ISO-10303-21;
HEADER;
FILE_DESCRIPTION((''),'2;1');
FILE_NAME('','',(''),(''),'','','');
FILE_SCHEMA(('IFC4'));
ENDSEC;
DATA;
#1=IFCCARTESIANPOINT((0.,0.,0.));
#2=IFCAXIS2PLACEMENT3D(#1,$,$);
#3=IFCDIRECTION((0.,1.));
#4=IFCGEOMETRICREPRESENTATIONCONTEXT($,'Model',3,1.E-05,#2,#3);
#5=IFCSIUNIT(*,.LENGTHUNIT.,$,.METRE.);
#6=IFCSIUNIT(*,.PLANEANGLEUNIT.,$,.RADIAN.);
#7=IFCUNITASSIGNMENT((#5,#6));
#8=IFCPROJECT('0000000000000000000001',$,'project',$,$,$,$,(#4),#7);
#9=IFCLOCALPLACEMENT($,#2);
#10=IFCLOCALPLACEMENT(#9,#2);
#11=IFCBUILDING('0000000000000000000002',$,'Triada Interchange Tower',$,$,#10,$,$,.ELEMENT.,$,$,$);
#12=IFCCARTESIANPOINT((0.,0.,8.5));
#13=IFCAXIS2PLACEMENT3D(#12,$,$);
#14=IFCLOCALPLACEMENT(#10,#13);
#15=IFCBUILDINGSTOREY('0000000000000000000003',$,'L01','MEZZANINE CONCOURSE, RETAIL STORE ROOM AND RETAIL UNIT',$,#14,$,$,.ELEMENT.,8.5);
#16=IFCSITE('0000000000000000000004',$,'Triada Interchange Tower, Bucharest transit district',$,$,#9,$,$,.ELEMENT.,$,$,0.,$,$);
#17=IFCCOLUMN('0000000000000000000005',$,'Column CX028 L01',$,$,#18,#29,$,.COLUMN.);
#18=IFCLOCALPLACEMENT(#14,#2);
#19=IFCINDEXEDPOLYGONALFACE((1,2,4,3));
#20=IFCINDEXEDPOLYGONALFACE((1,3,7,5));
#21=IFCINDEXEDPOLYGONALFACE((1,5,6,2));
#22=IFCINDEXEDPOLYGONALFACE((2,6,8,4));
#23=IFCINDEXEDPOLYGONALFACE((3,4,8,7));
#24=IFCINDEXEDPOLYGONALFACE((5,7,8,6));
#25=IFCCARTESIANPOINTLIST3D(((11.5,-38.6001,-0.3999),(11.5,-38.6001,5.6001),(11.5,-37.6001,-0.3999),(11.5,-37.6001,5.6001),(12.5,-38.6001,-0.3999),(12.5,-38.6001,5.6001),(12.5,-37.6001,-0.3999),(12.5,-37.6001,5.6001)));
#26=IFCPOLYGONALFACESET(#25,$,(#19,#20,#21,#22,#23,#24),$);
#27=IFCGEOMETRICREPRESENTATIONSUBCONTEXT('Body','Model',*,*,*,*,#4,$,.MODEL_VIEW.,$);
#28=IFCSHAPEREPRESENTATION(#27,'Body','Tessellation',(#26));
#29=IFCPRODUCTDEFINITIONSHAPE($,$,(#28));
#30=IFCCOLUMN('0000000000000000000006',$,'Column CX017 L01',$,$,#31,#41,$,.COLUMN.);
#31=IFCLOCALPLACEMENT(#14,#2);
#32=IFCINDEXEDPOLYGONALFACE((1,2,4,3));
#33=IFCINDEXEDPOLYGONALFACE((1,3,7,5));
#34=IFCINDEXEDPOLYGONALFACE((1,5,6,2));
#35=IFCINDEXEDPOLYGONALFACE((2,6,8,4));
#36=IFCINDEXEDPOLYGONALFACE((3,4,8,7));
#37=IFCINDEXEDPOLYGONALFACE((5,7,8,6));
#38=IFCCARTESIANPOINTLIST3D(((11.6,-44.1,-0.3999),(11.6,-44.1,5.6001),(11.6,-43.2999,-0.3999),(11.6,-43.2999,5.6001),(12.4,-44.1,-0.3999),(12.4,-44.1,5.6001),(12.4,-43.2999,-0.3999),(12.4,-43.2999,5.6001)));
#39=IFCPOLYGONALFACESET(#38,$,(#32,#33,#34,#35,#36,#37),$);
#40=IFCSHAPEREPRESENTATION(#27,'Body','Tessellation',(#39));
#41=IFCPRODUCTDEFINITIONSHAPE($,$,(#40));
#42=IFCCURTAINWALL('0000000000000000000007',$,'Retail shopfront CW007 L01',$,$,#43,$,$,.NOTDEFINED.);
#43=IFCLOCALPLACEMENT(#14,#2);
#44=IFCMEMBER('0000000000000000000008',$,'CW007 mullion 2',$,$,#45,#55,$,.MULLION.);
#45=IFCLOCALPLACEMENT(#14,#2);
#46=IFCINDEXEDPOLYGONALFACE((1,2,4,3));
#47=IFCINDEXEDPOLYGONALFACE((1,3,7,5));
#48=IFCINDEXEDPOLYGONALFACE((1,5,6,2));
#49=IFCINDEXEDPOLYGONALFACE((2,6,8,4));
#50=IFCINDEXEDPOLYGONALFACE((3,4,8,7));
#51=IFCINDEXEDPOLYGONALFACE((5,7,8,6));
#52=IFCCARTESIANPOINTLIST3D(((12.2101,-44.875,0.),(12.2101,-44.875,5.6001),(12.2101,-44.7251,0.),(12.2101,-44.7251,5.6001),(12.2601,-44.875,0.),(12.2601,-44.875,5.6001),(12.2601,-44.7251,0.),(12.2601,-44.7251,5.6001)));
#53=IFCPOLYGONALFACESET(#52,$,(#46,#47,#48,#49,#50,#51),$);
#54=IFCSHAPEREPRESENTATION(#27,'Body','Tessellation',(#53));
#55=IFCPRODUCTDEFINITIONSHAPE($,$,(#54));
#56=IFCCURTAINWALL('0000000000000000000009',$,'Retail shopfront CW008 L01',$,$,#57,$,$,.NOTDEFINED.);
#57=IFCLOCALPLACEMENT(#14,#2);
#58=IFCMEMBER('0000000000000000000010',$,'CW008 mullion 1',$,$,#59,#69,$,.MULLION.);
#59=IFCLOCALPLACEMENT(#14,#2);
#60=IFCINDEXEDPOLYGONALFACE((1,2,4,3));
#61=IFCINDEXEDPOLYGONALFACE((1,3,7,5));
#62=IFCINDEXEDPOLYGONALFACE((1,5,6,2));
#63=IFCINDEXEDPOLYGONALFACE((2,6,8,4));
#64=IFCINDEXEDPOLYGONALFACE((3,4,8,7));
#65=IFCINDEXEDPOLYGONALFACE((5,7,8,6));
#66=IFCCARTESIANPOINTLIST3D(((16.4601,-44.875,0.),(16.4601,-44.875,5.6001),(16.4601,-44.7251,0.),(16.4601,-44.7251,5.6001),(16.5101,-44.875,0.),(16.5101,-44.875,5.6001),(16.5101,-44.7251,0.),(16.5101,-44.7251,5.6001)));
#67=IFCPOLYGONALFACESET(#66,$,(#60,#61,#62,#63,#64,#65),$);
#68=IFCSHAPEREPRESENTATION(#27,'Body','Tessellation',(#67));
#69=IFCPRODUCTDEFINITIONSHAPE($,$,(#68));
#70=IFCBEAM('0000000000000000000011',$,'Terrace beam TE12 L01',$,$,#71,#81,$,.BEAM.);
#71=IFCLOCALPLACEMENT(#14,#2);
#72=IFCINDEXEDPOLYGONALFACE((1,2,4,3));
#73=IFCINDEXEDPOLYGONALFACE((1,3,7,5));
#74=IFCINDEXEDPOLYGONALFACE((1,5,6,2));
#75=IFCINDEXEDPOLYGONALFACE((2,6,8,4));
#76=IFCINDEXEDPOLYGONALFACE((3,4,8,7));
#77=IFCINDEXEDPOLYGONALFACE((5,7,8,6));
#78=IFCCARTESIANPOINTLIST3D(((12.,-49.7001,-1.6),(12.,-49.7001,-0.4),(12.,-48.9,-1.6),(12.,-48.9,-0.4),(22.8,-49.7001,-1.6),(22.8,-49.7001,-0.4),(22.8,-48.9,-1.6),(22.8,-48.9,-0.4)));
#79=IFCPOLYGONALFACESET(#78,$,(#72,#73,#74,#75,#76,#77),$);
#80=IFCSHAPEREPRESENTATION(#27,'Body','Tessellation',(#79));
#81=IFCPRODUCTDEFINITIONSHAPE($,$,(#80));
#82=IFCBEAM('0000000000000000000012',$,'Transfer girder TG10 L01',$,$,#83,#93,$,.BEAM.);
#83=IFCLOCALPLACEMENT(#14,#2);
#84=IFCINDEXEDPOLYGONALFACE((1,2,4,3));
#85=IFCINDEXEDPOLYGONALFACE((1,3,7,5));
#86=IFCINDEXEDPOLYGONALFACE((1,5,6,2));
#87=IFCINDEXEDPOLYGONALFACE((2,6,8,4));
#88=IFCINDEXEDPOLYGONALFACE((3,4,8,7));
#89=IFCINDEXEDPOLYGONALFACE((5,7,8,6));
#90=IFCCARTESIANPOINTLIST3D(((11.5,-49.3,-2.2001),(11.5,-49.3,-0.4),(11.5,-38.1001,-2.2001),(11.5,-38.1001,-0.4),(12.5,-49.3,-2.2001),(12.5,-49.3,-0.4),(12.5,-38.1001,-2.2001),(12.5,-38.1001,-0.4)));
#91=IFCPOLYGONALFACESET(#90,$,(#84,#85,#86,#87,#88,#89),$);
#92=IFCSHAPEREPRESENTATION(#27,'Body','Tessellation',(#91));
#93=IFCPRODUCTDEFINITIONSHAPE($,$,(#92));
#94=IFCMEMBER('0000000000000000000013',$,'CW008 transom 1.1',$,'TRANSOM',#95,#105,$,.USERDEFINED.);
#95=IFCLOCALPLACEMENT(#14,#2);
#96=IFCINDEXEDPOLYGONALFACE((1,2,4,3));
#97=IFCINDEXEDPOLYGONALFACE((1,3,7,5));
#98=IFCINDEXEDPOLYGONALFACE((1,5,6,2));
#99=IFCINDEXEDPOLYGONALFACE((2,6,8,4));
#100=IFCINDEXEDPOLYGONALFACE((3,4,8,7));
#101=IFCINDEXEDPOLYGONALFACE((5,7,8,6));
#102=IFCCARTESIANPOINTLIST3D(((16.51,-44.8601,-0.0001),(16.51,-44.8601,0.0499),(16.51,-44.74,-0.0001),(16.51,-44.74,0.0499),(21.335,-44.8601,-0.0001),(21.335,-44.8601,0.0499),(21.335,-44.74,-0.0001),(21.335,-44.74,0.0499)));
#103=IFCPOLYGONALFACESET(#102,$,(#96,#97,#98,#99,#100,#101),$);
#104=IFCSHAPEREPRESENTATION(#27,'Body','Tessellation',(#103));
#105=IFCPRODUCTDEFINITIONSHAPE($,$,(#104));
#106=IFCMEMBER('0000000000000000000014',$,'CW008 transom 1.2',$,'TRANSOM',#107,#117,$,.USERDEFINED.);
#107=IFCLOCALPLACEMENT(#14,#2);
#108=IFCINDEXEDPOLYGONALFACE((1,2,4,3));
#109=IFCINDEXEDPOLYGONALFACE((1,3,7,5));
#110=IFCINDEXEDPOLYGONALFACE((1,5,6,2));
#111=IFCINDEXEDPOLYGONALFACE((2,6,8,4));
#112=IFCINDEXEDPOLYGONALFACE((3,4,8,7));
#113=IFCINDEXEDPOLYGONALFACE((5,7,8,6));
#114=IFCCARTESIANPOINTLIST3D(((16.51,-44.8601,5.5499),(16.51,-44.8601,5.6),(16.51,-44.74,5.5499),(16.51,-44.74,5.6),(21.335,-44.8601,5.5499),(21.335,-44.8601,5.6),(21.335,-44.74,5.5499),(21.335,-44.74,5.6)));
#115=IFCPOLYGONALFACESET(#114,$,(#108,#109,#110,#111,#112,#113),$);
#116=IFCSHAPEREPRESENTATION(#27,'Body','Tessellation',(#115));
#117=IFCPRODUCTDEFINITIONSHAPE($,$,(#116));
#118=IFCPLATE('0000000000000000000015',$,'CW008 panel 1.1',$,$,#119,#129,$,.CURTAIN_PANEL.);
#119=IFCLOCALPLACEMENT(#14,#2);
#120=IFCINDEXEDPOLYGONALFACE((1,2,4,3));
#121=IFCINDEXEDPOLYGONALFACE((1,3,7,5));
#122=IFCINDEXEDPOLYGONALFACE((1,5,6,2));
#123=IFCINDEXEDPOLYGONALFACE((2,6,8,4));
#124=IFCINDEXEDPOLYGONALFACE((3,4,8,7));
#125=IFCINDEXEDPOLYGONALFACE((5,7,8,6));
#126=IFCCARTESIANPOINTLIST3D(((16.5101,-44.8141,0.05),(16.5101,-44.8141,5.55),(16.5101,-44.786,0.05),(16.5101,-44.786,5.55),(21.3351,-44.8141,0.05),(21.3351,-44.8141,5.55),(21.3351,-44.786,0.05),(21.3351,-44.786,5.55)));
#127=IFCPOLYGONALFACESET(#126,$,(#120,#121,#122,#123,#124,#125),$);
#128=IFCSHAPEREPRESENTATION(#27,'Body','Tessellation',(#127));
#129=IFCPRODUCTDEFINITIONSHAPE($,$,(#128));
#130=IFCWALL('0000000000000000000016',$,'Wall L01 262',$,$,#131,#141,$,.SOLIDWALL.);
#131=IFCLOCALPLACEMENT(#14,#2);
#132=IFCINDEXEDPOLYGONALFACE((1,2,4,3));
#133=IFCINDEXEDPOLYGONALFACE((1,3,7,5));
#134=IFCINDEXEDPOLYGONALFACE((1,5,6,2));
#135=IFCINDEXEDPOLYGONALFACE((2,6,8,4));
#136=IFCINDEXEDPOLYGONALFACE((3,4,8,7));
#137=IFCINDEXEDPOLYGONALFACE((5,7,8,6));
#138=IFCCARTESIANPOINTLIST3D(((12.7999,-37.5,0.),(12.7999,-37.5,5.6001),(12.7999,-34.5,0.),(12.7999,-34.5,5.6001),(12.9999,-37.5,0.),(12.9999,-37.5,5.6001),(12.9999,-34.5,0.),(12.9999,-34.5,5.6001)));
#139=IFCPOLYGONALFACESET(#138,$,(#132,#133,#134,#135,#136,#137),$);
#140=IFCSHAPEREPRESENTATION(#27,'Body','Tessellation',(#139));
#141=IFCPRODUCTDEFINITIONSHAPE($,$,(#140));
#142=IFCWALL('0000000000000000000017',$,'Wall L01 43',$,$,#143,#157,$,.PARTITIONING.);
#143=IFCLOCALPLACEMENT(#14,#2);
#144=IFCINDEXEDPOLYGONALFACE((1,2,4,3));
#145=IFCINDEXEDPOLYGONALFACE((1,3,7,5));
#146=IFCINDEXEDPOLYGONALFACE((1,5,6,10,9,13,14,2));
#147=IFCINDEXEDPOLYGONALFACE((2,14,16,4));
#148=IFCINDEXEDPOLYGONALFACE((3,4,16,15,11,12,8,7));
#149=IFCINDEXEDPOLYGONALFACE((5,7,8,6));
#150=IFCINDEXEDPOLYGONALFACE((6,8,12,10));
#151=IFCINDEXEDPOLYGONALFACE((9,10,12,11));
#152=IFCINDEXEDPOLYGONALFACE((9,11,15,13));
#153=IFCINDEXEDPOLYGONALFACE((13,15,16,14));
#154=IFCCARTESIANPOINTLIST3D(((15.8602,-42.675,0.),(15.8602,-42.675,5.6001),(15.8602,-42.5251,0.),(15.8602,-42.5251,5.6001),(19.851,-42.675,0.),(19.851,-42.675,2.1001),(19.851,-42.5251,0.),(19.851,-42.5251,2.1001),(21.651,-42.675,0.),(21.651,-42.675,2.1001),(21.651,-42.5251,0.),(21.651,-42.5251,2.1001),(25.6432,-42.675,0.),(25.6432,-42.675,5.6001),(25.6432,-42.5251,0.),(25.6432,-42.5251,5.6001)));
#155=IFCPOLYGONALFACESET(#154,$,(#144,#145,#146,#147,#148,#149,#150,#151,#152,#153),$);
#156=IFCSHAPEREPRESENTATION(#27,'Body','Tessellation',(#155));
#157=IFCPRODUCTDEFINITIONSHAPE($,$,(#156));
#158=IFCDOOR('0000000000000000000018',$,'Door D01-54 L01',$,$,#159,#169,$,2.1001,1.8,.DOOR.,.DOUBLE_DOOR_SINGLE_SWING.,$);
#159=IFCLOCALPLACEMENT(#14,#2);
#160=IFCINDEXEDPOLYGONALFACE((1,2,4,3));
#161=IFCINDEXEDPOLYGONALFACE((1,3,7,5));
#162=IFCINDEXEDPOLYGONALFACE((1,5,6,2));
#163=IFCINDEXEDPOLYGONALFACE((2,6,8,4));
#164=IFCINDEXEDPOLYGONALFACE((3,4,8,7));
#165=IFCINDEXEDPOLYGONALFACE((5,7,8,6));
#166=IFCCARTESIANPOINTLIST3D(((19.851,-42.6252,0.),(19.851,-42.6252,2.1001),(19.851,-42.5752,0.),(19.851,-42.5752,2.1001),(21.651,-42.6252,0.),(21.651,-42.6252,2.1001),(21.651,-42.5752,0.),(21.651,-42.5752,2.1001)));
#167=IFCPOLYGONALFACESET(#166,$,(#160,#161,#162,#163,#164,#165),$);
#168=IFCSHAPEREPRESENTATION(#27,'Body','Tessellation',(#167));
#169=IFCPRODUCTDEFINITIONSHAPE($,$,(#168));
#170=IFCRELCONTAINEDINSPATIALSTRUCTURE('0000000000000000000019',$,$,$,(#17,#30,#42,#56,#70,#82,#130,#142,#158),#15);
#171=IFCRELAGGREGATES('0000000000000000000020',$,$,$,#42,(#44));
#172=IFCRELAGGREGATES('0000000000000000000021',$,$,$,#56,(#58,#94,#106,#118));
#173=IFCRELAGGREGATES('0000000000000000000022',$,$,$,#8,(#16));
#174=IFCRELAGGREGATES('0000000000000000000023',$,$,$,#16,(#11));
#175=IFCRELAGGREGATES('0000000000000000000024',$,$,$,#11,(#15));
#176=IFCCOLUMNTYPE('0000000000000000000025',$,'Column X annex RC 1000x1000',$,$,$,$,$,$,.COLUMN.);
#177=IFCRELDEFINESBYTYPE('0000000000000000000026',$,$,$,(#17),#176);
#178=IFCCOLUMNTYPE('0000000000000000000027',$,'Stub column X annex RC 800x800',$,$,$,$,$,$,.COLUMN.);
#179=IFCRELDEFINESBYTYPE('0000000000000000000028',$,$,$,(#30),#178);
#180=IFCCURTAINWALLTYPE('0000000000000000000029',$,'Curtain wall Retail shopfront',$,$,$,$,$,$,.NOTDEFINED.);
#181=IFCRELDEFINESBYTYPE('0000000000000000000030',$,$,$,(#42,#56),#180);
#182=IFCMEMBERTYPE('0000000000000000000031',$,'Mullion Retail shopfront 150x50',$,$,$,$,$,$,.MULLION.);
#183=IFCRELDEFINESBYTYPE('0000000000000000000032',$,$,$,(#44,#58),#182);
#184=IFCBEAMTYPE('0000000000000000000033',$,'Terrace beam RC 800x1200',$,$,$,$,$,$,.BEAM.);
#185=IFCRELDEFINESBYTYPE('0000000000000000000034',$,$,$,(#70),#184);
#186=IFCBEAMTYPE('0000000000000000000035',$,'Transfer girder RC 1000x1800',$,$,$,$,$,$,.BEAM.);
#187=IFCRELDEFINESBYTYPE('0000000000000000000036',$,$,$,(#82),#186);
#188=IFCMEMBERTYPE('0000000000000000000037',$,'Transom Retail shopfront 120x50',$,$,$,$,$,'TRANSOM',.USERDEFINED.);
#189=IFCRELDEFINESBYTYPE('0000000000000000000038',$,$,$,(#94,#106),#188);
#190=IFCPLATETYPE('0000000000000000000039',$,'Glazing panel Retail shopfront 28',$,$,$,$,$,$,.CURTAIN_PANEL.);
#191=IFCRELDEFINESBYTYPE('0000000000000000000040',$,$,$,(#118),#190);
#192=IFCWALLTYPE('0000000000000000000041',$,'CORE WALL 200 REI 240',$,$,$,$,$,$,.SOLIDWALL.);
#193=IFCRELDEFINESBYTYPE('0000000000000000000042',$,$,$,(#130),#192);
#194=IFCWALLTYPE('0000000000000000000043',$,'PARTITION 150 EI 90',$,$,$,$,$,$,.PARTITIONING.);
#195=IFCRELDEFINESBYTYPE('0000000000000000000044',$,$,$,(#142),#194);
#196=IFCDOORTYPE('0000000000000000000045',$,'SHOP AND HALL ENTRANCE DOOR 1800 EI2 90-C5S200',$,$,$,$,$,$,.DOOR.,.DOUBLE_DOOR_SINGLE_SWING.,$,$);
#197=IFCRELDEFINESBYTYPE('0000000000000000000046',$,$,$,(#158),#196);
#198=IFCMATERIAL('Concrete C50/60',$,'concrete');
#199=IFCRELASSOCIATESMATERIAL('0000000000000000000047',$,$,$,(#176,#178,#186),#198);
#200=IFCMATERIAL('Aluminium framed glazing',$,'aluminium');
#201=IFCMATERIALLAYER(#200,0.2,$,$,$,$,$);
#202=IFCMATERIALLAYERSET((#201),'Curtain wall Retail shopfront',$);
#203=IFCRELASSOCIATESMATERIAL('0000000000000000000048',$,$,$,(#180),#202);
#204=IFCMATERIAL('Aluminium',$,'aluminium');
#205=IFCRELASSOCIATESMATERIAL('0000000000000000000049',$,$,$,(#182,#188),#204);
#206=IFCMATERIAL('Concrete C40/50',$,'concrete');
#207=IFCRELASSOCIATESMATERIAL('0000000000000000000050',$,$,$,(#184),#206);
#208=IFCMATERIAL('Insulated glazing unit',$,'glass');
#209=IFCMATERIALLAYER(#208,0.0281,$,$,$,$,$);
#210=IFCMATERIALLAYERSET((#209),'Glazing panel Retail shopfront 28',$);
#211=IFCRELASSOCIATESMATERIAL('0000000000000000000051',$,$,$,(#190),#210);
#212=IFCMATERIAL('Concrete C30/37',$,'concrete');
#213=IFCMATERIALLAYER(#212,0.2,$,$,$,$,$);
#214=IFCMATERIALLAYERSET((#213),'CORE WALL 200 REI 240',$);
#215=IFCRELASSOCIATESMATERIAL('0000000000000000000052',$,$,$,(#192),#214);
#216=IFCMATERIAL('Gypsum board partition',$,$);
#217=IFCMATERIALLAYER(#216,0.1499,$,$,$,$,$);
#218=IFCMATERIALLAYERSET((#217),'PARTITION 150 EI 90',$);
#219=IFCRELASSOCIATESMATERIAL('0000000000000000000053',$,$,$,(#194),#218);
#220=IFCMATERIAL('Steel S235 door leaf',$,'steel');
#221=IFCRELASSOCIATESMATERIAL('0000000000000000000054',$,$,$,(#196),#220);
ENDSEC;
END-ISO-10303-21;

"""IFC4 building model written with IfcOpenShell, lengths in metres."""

from ifc_helpers import new_model, si_unit, direction, frame, frame_2d, origin, origin_2d, place, context, subcontext, project, spatial, rectangle, extrude, material, layer, layer_set, material_profile, profile_set, type_object, element, fill, aggregate, save


model = new_model("IFC4")

# Units and contexts
model_context = context("Model", 3, precision=1e-05, world=origin(), true_north=direction((0.0, 1.0)))
body_context = subcontext(model_context, "Body", "Model", "MODEL_VIEW")
ifc_project = project(units=[si_unit("LENGTHUNIT", "METRE"), si_unit("PLANEANGLEUNIT", "RADIAN")], contexts=[model_context])

# Site, building, storey
site_placement = place(None, origin())
site = spatial("IfcSite", under=ifc_project, at=site_placement, Name="Triada Interchange Tower, Bucharest transit district", CompositionType="ELEMENT", RefElevation=0.0)
building_placement = place(site_placement, origin())
building = spatial("IfcBuilding", under=site, at=building_placement, Name="Triada Interchange Tower", CompositionType="ELEMENT")
storey_placement = place(building_placement, frame((0.0, 0.0, 8.5)))
storey = spatial("IfcBuildingStorey", under=building, at=storey_placement, Name="L01", Description="MEZZANINE CONCOURSE, RETAIL STORE ROOM AND RETAIL UNIT", CompositionType="ELEMENT", Elevation=8.5)

# Columns
ifc_material_1 = material(Name="Concrete C50/60", Category="concrete")
ifc_material_profile_1 = material_profile(ifc_material_1, rectangle(XDim=1.0, YDim=1.0, at=origin_2d()), Name="RC 1000x1000")
ifc_profile_set_1 = profile_set([ifc_material_profile_1], Name="Concrete C50/60")
column_type_1 = type_object("IfcColumnType", Name="Column X annex RC 1000x1000", PredefinedType="COLUMN", material=ifc_profile_set_1)
column_1_placement = place(storey_placement, frame((12.0, -38.1001, -0.3999), z_axis=(0.0, 0.0, 1.0), x_axis=(1.0, 0.0, 0.0)))
element("IfcColumn", 1, at=column_1_placement, inside=storey, type_object=column_type_1, Name="Column CX028 L01", PredefinedType="COLUMN", context=body_context, shape_type="SweptSolid", body=[
    extrude(rectangle(XDim=1.0, YDim=1.0, at=origin_2d()), origin(), (0.0, 0.0, 1.0), 6.0),
])
ifc_material_profile_2 = material_profile(ifc_material_1, rectangle(XDim=0.8, YDim=0.8, at=origin_2d()), Name="RC 800x800")
ifc_profile_set_2 = profile_set([ifc_material_profile_2], Name="Concrete C50/60")
column_type_2 = type_object("IfcColumnType", Name="Stub column X annex RC 800x800", PredefinedType="COLUMN", material=ifc_profile_set_2)
column_2_placement = place(storey_placement, frame((12.0, -43.7, -0.3999), z_axis=(0.0, 0.0, 1.0), x_axis=(1.0, 0.0, 0.0)))
element("IfcColumn", 2, at=column_2_placement, inside=storey, type_object=column_type_2, Name="Column CX017 L01", PredefinedType="COLUMN", context=body_context, shape_type="SweptSolid", body=[
    extrude(rectangle(XDim=0.8, YDim=0.8, at=origin_2d()), origin(), (0.0, 0.0, 1.0), 6.0),
])

# Curtain walls, members
ifc_material_2 = material(Name="Aluminium framed glazing", Category="aluminium")
ifc_layer_1 = layer(ifc_material_2, 0.2)
ifc_layer_set_1 = layer_set([ifc_layer_1], Name="Curtain wall Retail shopfront")
curtain_wall_type = type_object("IfcCurtainWallType", Name="Curtain wall Retail shopfront", PredefinedType="NOTDEFINED", material=ifc_layer_set_1)
curtain_wall_1_placement = place(storey_placement, origin())
curtain_wall_1 = element("IfcCurtainWall", 3, at=curtain_wall_1_placement, inside=storey, type_object=curtain_wall_type, Name="Retail shopfront CW007 L01", PredefinedType="NOTDEFINED")
ifc_material_3 = material(Name="Aluminium", Category="aluminium")
ifc_material_profile_3 = material_profile(ifc_material_3, rectangle(XDim=0.1499, YDim=0.05, at=origin_2d()), Name="Aluminium mullion")
ifc_profile_set_3 = profile_set([ifc_material_profile_3], Name="Aluminium")
member_type_1 = type_object("IfcMemberType", Name="Mullion Retail shopfront 150x50", PredefinedType="MULLION", material=ifc_profile_set_3)
member_1_placement = place(storey_placement, frame((12.2351, -44.8, 0.0), z_axis=(0.0, 0.0, 1.0), x_axis=(0.0, 1.0, 0.0)))
member_1 = element("IfcMember", 4, at=member_1_placement, type_object=member_type_1, Name="CW007 mullion 2", PredefinedType="MULLION", context=body_context, shape_type="SweptSolid", body=[
    extrude(rectangle(XDim=0.1499, YDim=0.05, at=origin_2d()), origin(), (0.0, 0.0, 1.0), 5.6001),
])
aggregate(curtain_wall_1, [member_1])
curtain_wall_2_placement = place(storey_placement, origin())
curtain_wall_2 = element("IfcCurtainWall", 5, at=curtain_wall_2_placement, inside=storey, type_object=curtain_wall_type, Name="Retail shopfront CW008 L01", PredefinedType="NOTDEFINED")
member_2_placement = place(storey_placement, frame((16.4851, -44.8, 0.0), z_axis=(0.0, 0.0, 1.0), x_axis=(0.0, 1.0, 0.0)))
member_2 = element("IfcMember", 6, at=member_2_placement, type_object=member_type_1, Name="CW008 mullion 1", PredefinedType="MULLION", context=body_context, shape_type="SweptSolid", body=[
    extrude(rectangle(XDim=0.1499, YDim=0.05, at=origin_2d()), origin(), (0.0, 0.0, 1.0), 5.6001),
])

# Beams
ifc_material_4 = material(Name="Concrete C40/50", Category="concrete")
ifc_material_profile_4 = material_profile(ifc_material_4, rectangle(XDim=0.8, YDim=1.2, at=origin_2d()), Name="RC 800x1200")
ifc_profile_set_4 = profile_set([ifc_material_profile_4], Name="Concrete C40/50")
beam_type_1 = type_object("IfcBeamType", Name="Terrace beam RC 800x1200", PredefinedType="BEAM", material=ifc_profile_set_4)
beam_1_placement = place(storey_placement, frame((12.0, -49.3, -1.0), z_axis=(1.0, 0.0, 0.0), x_axis=(0.0, 1.0, 0.0)))
element("IfcBeam", 7, at=beam_1_placement, inside=storey, type_object=beam_type_1, Name="Terrace beam TE12 L01", PredefinedType="BEAM", context=body_context, shape_type="SweptSolid", body=[
    extrude(rectangle(XDim=0.8, YDim=1.2, at=origin_2d()), origin(), (0.0, 0.0, 1.0), 10.8),
])
ifc_material_profile_5 = material_profile(ifc_material_1, rectangle(XDim=1.0, YDim=1.8, at=origin_2d()), Name="RC 1000x1800")
ifc_profile_set_5 = profile_set([ifc_material_profile_5], Name="Concrete C50/60")
beam_type_2 = type_object("IfcBeamType", Name="Transfer girder RC 1000x1800", PredefinedType="BEAM", material=ifc_profile_set_5)
beam_2_placement = place(storey_placement, frame((12.0, -49.3, -1.3), z_axis=(0.0, 1.0, 0.0), x_axis=(-1.0, 0.0, 0.0)))
element("IfcBeam", 8, at=beam_2_placement, inside=storey, type_object=beam_type_2, Name="Transfer girder TG10 L01", PredefinedType="BEAM", context=body_context, shape_type="SweptSolid", body=[
    extrude(rectangle(XDim=1.0, YDim=1.8, at=origin_2d()), origin(), (0.0, 0.0, 1.0), 11.2),
])

# Members
ifc_material_profile_6 = material_profile(ifc_material_3, rectangle(XDim=0.1201, YDim=0.05, at=origin_2d()), Name="Aluminium transom")
ifc_profile_set_6 = profile_set([ifc_material_profile_6], Name="Aluminium")
member_type_2 = type_object("IfcMemberType", Name="Transom Retail shopfront 120x50", ElementType="TRANSOM", PredefinedType="USERDEFINED", material=ifc_profile_set_6)
member_3_placement = place(storey_placement, frame((16.51, -44.8, 0.0249), z_axis=(1.0, 0.0, 0.0), x_axis=(0.0, 1.0, 0.0)))
member_3 = element("IfcMember", 9, at=member_3_placement, type_object=member_type_2, Name="CW008 transom 1.1", ObjectType="TRANSOM", PredefinedType="USERDEFINED", context=body_context, shape_type="SweptSolid", body=[
    extrude(rectangle(XDim=0.1201, YDim=0.05, at=origin_2d()), origin(), (0.0, 0.0, 1.0), 4.825),
])
member_4_placement = place(storey_placement, frame((16.51, -44.8, 5.575), z_axis=(1.0, 0.0, 0.0), x_axis=(0.0, 1.0, 0.0)))
member_4 = element("IfcMember", 10, at=member_4_placement, type_object=member_type_2, Name="CW008 transom 1.2", ObjectType="TRANSOM", PredefinedType="USERDEFINED", context=body_context, shape_type="SweptSolid", body=[
    extrude(rectangle(XDim=0.1201, YDim=0.05, at=origin_2d()), origin(), (0.0, 0.0, 1.0), 4.825),
])

# Plate
ifc_material_5 = material(Name="Insulated glazing unit", Category="glass")
ifc_layer_2 = layer(ifc_material_5, 0.0281)
ifc_layer_set_2 = layer_set([ifc_layer_2], Name="Glazing panel Retail shopfront 28")
plate_type = type_object("IfcPlateType", Name="Glazing panel Retail shopfront 28", PredefinedType="CURTAIN_PANEL", material=ifc_layer_set_2)
plate_placement = place(storey_placement, frame((18.9226, -44.8, 0.05), z_axis=(0.0, 0.0, 1.0), x_axis=(1.0, 0.0, 0.0)))
plate = element("IfcPlate", 11, at=plate_placement, type_object=plate_type, Name="CW008 panel 1.1", PredefinedType="CURTAIN_PANEL", context=body_context, shape_type="SweptSolid", body=[
    extrude(rectangle(XDim=4.825, YDim=0.0281, at=origin_2d()), origin(), (0.0, 0.0, 1.0), 5.5),
])
aggregate(curtain_wall_2, [member_2, member_3, member_4, plate])

# Wall
ifc_material_6 = material(Name="Concrete C30/37", Category="concrete")
ifc_layer_3 = layer(ifc_material_6, 0.2)
ifc_layer_set_3 = layer_set([ifc_layer_3], Name="CORE WALL 200 REI 240")
wall_type_1 = type_object("IfcWallType", Name="CORE WALL 200 REI 240", PredefinedType="SOLIDWALL", material=ifc_layer_set_3)
wall_1_placement = place(storey_placement, frame((12.8999, -37.5, 0.0), z_axis=(0.0, 0.0, 1.0), x_axis=(0.0, 1.0, 0.0)))
element("IfcWall", 12, at=wall_1_placement, inside=storey, type_object=wall_type_1, Name="Wall L01 262", PredefinedType="SOLIDWALL", context=body_context, shape_type="SweptSolid", body=[
    extrude(rectangle(XDim=3.0, YDim=0.2, at=frame_2d((1.5, 0.0))), origin(), (0.0, 0.0, 1.0), 5.6001),
])

# Wall, opening, door
ifc_material_7 = material(Name="Gypsum board partition")
ifc_layer_4 = layer(ifc_material_7, 0.1499)
ifc_layer_set_4 = layer_set([ifc_layer_4], Name="PARTITION 150 EI 90")
wall_type_2 = type_object("IfcWallType", Name="PARTITION 150 EI 90", PredefinedType="PARTITIONING", material=ifc_layer_set_4)
wall_2_placement = place(storey_placement, frame((15.8601, -42.6001, 0.0), z_axis=(0.0, 0.0, 1.0), x_axis=(1.0, 0.0, 0.0)))
wall_2 = element("IfcWall", 13, at=wall_2_placement, inside=storey, type_object=wall_type_2, Name="Wall L01 43", PredefinedType="PARTITIONING", context=body_context, shape_type="SweptSolid", body=[
    extrude(rectangle(XDim=9.783, YDim=0.1499, at=frame_2d((4.8916, 0.0))), origin(), (0.0, 0.0, 1.0), 5.6001),
])
opening_1_placement = place(wall_2_placement, frame((3.991, 0.0, 0.0)))
opening_1 = element("IfcOpeningElement", 14, at=opening_1_placement, cuts=wall_2, PredefinedType="OPENING", context=body_context, shape_type="SweptSolid", body=[
    extrude(rectangle(XDim=1.8, YDim=2.1001, at=frame_2d((0.8999, 1.05))), frame((0.0, 0.085, 0.0), z_axis=(0.0, -1.0, 0.0), x_axis=(1.0, 0.0, 0.0)), (0.0, 0.0, 1.0), 0.1699),
])
ifc_material_8 = material(Name="Steel S235 door leaf", Category="steel")
door_type_1 = type_object("IfcDoorType", Name="SHOP AND HALL ENTRANCE DOOR 1800 EI2 90-C5S200", OperationType="DOUBLE_DOOR_SINGLE_SWING", PredefinedType="DOOR", material=ifc_material_8)
door_1_placement = place(opening_1_placement, origin())
door_1 = element("IfcDoor", 15, at=door_1_placement, inside=storey, type_object=door_type_1, Name="Door D01-54 L01", OperationType="DOUBLE_DOOR_SINGLE_SWING", OverallHeight=2.1001, OverallWidth=1.8, PredefinedType="DOOR", context=body_context, shape_type="SweptSolid", body=[
    extrude(rectangle(XDim=1.8, YDim=2.1001, at=frame_2d((0.8999, 1.05))), frame((0.0, 0.0249, 0.0), z_axis=(0.0, -1.0, 0.0), x_axis=(1.0, 0.0, 0.0)), (0.0, 0.0, 1.0), 0.05),
])
fill(opening_1, door_1)

save(model, "model.ifc")
